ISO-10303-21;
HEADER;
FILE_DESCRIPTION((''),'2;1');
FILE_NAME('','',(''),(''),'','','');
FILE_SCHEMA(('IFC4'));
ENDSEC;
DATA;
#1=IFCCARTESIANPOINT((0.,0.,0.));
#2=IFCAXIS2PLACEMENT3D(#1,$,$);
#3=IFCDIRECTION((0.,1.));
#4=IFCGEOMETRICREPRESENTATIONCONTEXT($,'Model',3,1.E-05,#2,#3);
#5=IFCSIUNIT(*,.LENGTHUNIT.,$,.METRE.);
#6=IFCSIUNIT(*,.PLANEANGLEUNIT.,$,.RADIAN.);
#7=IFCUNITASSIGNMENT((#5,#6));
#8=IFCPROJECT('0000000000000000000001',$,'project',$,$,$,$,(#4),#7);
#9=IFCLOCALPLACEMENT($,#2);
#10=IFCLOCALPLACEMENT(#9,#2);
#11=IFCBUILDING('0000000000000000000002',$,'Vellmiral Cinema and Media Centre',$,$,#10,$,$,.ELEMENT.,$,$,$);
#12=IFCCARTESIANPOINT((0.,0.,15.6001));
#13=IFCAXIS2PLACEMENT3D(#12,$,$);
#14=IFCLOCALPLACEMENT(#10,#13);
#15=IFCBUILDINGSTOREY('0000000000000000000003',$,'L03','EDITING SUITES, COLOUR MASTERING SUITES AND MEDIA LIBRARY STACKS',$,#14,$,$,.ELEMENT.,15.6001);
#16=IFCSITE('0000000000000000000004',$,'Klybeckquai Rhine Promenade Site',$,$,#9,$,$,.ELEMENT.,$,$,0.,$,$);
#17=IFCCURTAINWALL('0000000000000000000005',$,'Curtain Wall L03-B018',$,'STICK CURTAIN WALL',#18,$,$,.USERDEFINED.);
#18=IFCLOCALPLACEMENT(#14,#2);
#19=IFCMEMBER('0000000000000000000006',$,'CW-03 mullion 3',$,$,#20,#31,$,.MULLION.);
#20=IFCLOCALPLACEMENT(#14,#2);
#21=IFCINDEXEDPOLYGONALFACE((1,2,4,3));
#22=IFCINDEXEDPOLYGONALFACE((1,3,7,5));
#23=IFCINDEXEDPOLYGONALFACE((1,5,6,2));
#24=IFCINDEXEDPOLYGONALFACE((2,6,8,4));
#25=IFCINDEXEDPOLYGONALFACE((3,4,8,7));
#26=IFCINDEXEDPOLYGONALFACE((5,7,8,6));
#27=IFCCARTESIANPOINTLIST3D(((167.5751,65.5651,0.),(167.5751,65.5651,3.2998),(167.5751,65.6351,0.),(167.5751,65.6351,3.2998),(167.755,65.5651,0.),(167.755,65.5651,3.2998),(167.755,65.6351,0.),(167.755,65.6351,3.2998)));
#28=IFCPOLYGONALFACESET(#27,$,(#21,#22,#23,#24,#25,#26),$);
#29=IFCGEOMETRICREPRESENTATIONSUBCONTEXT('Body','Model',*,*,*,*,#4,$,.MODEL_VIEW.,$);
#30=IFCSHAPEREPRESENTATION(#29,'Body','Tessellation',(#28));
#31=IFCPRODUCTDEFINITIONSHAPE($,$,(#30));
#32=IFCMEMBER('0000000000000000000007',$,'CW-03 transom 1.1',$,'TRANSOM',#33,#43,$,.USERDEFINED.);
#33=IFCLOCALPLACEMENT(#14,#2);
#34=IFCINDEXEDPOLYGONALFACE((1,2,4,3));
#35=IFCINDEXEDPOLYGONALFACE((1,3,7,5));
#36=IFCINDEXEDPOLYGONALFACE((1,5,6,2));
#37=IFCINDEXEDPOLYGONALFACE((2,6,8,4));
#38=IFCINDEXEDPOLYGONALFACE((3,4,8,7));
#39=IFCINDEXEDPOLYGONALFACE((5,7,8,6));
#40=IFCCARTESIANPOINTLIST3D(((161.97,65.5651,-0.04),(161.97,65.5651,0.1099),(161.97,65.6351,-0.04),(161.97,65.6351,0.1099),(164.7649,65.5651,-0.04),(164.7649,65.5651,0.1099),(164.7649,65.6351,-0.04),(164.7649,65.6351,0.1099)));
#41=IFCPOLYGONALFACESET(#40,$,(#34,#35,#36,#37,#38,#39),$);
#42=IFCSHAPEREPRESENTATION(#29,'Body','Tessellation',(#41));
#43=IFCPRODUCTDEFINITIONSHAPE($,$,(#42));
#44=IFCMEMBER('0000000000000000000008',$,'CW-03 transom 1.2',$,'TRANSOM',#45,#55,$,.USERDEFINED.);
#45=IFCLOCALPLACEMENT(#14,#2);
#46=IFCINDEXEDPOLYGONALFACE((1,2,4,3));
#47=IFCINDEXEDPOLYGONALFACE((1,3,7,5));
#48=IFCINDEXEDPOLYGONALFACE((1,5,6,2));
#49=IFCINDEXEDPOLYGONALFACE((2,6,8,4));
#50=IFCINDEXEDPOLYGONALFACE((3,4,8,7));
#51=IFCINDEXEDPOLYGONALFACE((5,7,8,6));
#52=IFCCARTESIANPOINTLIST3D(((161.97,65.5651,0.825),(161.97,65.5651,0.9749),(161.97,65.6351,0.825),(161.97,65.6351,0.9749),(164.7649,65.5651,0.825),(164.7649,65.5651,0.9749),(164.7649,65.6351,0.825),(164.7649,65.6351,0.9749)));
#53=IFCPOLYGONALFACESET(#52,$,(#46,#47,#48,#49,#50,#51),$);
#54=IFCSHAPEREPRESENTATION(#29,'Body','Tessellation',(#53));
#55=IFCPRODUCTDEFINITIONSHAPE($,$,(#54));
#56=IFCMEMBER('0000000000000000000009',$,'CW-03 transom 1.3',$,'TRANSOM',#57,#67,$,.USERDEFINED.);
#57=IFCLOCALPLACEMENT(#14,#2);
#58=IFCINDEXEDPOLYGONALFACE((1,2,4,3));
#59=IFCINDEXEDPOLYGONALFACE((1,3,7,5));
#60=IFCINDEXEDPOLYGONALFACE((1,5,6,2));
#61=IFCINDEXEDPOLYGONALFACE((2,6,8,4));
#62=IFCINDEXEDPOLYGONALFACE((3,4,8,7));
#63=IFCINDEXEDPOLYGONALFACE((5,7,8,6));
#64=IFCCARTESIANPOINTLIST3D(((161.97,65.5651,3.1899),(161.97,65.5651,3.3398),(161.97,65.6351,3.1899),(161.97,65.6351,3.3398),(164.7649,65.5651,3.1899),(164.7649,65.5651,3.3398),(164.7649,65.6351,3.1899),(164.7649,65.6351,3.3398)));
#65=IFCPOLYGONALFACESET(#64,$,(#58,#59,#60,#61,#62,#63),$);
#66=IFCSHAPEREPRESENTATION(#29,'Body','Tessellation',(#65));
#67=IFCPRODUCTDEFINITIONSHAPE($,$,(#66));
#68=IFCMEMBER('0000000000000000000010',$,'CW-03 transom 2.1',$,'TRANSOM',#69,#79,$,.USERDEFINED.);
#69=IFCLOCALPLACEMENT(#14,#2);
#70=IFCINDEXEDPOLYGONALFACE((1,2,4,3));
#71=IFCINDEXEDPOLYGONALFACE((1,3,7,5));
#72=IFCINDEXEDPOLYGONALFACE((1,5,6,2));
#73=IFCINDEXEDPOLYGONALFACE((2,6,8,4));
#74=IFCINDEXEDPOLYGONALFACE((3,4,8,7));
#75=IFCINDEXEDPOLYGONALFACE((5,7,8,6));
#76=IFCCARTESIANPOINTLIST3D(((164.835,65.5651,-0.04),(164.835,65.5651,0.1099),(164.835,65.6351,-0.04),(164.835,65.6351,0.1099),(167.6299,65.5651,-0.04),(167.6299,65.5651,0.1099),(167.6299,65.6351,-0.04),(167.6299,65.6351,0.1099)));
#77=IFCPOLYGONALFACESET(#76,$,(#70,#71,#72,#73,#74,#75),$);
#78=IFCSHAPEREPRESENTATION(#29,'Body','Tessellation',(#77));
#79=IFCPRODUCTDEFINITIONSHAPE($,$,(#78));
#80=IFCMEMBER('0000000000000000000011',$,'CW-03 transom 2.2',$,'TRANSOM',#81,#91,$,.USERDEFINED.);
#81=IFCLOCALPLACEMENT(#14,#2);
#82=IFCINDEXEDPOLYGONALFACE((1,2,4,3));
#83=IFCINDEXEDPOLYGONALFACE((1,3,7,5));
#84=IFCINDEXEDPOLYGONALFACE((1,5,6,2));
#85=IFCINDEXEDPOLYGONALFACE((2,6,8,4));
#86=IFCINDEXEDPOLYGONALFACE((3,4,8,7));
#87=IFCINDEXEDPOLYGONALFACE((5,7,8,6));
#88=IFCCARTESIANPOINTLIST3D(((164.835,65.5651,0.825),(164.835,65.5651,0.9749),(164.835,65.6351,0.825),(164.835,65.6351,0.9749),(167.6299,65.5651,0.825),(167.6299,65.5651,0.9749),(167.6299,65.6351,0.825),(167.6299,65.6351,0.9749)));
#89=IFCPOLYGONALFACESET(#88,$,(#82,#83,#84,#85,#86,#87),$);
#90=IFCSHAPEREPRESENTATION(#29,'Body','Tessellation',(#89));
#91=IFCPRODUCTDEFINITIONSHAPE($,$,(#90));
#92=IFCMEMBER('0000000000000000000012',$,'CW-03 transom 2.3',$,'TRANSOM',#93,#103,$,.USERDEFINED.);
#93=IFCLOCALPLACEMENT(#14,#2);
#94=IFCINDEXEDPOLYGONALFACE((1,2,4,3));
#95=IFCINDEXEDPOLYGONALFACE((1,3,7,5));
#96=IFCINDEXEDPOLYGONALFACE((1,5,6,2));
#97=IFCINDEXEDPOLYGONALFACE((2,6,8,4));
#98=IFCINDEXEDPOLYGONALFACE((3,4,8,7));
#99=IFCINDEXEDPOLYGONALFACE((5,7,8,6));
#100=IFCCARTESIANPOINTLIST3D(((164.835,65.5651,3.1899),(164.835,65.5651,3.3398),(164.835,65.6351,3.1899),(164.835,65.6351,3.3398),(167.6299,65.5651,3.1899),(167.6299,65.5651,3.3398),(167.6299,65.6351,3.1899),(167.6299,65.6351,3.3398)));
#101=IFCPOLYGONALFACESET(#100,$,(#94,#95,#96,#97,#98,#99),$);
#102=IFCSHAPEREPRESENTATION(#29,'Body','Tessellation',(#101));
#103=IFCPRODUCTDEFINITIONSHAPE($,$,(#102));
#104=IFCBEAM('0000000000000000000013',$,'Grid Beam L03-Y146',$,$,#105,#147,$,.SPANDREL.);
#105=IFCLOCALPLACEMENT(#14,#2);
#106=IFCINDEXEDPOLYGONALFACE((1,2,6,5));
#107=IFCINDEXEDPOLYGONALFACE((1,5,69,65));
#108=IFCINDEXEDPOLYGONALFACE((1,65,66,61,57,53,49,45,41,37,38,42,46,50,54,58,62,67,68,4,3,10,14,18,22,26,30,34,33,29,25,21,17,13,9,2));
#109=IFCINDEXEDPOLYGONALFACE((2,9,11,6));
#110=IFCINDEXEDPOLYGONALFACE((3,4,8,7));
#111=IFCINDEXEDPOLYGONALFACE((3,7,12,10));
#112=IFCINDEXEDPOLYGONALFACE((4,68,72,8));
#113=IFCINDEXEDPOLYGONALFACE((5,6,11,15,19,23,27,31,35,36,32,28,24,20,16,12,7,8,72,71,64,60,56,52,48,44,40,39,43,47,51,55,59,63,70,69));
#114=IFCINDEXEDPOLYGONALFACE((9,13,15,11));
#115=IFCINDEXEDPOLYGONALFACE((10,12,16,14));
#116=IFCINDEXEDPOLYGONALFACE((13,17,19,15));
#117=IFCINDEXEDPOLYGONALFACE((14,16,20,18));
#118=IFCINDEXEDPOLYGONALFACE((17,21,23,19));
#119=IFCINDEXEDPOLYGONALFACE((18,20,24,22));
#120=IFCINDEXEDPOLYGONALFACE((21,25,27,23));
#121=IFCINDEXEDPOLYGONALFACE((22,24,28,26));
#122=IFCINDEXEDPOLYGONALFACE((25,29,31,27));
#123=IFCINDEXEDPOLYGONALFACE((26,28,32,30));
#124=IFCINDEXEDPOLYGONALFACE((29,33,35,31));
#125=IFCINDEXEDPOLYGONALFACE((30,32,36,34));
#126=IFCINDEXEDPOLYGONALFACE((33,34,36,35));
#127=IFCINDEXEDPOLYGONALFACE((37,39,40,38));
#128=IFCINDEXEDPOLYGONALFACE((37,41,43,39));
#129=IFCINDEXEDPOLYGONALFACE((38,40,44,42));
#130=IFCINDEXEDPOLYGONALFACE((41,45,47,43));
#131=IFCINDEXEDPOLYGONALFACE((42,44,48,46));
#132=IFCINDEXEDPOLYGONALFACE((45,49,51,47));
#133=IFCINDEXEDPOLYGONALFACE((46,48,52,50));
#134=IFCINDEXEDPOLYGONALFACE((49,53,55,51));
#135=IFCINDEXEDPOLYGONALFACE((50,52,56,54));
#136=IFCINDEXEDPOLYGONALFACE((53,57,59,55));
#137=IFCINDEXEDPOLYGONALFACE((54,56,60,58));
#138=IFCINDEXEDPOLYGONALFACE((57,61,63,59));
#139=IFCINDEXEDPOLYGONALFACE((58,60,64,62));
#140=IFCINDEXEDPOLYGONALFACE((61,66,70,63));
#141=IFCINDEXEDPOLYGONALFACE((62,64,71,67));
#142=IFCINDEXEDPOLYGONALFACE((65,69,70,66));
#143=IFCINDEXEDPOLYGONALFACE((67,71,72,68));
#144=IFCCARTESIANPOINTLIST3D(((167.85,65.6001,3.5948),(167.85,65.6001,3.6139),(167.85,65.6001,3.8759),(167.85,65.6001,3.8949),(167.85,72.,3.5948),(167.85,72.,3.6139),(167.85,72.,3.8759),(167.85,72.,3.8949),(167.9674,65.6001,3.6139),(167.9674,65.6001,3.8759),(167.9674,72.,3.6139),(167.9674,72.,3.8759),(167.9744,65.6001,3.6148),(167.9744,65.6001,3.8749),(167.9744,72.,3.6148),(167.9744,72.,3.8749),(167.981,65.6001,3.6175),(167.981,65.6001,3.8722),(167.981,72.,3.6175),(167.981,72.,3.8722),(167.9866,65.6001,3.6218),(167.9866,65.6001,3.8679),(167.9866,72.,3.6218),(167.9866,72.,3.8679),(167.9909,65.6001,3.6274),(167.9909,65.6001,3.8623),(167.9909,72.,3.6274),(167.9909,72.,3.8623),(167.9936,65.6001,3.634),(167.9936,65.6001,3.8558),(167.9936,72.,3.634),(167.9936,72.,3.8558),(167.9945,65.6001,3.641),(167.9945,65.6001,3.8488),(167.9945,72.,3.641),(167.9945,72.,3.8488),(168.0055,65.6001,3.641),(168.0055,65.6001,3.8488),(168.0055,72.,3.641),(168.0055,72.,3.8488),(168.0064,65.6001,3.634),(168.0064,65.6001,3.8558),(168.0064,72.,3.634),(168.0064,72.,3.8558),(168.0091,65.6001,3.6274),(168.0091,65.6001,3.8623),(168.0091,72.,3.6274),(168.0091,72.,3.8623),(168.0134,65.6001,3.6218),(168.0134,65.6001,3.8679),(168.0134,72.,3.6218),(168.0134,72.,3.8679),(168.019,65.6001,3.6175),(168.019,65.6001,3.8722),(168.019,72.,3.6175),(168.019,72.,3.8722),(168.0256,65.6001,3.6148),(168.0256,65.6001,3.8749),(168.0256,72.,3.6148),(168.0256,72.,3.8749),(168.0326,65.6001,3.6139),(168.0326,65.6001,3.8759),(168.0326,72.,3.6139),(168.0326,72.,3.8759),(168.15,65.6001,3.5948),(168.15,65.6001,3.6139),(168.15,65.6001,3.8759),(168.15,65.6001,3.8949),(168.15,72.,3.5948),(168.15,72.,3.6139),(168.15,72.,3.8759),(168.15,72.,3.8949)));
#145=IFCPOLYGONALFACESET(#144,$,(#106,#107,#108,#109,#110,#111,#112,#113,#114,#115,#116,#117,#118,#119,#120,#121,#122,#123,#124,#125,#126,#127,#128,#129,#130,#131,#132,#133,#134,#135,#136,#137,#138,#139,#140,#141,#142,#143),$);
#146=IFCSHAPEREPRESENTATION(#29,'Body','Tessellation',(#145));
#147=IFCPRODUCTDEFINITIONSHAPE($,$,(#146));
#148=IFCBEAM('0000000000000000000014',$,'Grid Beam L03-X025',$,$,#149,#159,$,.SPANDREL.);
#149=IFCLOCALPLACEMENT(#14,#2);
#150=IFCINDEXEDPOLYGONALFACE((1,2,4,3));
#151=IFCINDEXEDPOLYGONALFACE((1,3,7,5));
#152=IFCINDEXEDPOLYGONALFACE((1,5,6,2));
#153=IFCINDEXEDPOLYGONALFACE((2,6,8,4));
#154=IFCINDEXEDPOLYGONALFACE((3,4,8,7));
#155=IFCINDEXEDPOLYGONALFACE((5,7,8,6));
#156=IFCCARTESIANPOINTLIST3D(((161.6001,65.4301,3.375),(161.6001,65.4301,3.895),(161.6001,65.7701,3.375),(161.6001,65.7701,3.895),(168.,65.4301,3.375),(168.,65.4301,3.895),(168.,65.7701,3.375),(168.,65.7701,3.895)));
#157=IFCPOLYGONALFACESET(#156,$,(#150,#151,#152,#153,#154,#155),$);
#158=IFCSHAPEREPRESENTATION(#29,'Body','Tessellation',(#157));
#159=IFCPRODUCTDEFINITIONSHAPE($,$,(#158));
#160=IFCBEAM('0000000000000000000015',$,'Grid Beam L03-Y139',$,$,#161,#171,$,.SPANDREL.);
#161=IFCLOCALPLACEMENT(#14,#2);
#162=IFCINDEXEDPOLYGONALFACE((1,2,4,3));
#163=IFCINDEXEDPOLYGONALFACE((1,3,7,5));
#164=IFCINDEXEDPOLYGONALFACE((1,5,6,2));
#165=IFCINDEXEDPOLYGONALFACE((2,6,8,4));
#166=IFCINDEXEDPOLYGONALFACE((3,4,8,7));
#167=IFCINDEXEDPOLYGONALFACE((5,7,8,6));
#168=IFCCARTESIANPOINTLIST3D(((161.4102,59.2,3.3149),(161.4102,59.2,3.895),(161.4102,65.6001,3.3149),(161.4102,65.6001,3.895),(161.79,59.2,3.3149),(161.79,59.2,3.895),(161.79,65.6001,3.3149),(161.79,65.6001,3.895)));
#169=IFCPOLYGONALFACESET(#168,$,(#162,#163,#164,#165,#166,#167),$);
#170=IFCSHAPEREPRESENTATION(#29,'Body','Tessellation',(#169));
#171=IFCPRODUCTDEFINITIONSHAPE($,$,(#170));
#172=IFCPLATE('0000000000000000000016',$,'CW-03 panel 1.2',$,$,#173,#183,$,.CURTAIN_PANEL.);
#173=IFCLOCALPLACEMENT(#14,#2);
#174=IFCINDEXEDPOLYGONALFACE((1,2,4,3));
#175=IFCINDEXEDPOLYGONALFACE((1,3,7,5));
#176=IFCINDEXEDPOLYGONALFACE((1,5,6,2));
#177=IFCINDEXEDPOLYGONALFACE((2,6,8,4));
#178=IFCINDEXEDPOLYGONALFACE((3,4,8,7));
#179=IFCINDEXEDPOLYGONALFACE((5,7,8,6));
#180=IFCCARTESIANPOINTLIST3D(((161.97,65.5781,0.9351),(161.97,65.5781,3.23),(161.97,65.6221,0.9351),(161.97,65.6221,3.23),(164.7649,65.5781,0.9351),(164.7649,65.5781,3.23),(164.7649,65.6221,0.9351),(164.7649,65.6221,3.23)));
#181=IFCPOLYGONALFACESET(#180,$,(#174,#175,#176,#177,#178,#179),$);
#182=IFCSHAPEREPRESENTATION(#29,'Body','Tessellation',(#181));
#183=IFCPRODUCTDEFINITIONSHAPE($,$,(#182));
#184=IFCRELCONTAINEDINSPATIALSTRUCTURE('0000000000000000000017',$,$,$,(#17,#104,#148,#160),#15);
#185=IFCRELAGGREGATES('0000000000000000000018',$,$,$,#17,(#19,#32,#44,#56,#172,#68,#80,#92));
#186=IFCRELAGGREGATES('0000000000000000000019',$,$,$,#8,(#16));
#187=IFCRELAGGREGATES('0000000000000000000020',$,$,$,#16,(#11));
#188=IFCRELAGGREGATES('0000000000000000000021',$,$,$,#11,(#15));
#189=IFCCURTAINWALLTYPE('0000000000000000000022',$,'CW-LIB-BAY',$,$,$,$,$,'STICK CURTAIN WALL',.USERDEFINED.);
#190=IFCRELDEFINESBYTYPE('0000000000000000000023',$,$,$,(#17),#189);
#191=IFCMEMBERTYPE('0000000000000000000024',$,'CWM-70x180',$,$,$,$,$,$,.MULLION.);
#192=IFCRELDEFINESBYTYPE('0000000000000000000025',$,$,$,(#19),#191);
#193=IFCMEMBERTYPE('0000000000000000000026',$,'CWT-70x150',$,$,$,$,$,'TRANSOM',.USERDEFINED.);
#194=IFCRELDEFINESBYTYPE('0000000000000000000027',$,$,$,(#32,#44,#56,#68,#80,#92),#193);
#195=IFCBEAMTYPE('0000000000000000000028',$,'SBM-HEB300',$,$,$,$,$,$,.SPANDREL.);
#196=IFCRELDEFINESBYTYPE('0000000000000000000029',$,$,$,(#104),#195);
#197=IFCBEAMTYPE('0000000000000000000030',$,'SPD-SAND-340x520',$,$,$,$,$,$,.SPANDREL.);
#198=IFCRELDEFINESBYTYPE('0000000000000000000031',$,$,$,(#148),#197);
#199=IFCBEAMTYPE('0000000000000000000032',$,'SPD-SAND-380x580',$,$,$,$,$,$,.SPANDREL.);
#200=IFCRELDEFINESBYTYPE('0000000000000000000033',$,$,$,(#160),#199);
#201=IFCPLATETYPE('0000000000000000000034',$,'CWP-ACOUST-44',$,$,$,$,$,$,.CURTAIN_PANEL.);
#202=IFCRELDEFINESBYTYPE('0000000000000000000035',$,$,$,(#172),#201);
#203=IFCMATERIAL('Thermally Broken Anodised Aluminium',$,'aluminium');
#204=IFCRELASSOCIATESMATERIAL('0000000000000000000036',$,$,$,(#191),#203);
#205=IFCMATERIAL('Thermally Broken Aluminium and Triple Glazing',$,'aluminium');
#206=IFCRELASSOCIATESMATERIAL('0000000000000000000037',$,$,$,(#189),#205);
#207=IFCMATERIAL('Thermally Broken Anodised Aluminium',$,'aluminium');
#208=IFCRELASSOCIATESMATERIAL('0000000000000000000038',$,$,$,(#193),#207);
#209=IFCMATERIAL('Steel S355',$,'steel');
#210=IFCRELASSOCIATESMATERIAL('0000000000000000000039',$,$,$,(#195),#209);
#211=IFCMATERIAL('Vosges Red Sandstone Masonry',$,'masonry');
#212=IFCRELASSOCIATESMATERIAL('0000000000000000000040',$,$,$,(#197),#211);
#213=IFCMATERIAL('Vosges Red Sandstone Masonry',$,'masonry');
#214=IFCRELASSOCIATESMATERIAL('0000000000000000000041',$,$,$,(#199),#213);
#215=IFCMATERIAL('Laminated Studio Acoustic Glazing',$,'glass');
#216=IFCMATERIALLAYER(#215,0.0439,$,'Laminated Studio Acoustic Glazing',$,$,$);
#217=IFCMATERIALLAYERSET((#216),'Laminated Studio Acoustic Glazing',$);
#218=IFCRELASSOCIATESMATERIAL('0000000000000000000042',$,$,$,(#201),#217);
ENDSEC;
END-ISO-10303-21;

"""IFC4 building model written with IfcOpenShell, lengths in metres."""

from ifc_helpers import new_model, si_unit, direction, frame, origin, origin_2d, place, context, subcontext, project, spatial, rectangle, i_section, extrude, material, layer, layer_set, material_profile, profile_set, type_object, element, aggregate, save


model = new_model("IFC4")

# Units and contexts
model_context = context("Model", 3, precision=1e-05, world=origin(), true_north=direction((0.0, 1.0)))
body_context = subcontext(model_context, "Body", "Model", "MODEL_VIEW")
ifc_project = project(units=[si_unit("LENGTHUNIT", "METRE"), si_unit("PLANEANGLEUNIT", "RADIAN")], contexts=[model_context])

# Site, building, storey
site_placement = place(None, origin())
site = spatial("IfcSite", under=ifc_project, at=site_placement, Name="Klybeckquai Rhine Promenade Site", CompositionType="ELEMENT", RefElevation=0.0)
building_placement = place(site_placement, origin())
building = spatial("IfcBuilding", under=site, at=building_placement, Name="Vellmiral Cinema and Media Centre", CompositionType="ELEMENT")
storey_placement = place(building_placement, frame((0.0, 0.0, 15.6001)))
storey = spatial("IfcBuildingStorey", under=building, at=storey_placement, Name="L03", Description="EDITING SUITES, COLOUR MASTERING SUITES AND MEDIA LIBRARY STACKS", CompositionType="ELEMENT", Elevation=15.6001)

# Shared definitions
ifc_material_1 = material(Name="Thermally Broken Anodised Aluminium", Category="aluminium")
ifc_material_profile_1 = material_profile(ifc_material_1, rectangle(XDim=0.0701, YDim=0.1799, at=origin_2d()), Name="MULL 70x180")
ifc_profile_set_1 = profile_set([ifc_material_profile_1], Name="Thermally Broken Anodised Aluminium")
member_type_1 = type_object("IfcMemberType", Name="CWM-70x180", PredefinedType="MULLION", material=ifc_profile_set_1)

# Curtain wall, members
ifc_material_2 = material(Name="Thermally Broken Aluminium and Triple Glazing", Category="aluminium")
curtain_wall_type_1 = type_object("IfcCurtainWallType", Name="CW-LIB-BAY", ElementType="STICK CURTAIN WALL", PredefinedType="USERDEFINED", material=ifc_material_2)
curtain_wall_1_placement = place(storey_placement, origin())
curtain_wall_1 = element("IfcCurtainWall", 1, at=curtain_wall_1_placement, inside=storey, type_object=curtain_wall_type_1, Name="Curtain Wall L03-B018", ObjectType="STICK CURTAIN WALL", PredefinedType="USERDEFINED")
member_1_placement = place(storey_placement, frame((167.665, 65.6001, 0.0), z_axis=(0.0, 0.0, 1.0), x_axis=(0.0, 1.0, 0.0)))
member_1 = element("IfcMember", 2, at=member_1_placement, type_object=member_type_1, Name="CW-03 mullion 3", PredefinedType="MULLION", context=body_context, shape_type="SweptSolid", body=[
    extrude(rectangle(XDim=0.0701, YDim=0.1799, at=origin_2d()), origin(), (0.0, 0.0, 1.0), 3.2998),
])
ifc_material_3 = material(Name="Thermally Broken Anodised Aluminium", Category="aluminium")
ifc_material_profile_2 = material_profile(ifc_material_3, rectangle(XDim=0.0701, YDim=0.1499, at=origin_2d()), Name="MULL 70x150")
ifc_profile_set_2 = profile_set([ifc_material_profile_2], Name="Thermally Broken Anodised Aluminium")
member_type_2 = type_object("IfcMemberType", Name="CWT-70x150", ElementType="TRANSOM", PredefinedType="USERDEFINED", material=ifc_profile_set_2)
member_2_placement = place(storey_placement, frame((161.97, 65.6001, 0.0349), z_axis=(1.0, 0.0, 0.0), x_axis=(0.0, 1.0, 0.0)))
member_2 = element("IfcMember", 3, at=member_2_placement, type_object=member_type_2, Name="CW-03 transom 1.1", ObjectType="TRANSOM", PredefinedType="USERDEFINED", context=body_context, shape_type="SweptSolid", body=[
    extrude(rectangle(XDim=0.0701, YDim=0.1499, at=origin_2d()), origin(), (0.0, 0.0, 1.0), 2.7949),
])
member_3_placement = place(storey_placement, frame((161.97, 65.6001, 0.8999), z_axis=(1.0, 0.0, 0.0), x_axis=(0.0, 1.0, 0.0)))
member_3 = element("IfcMember", 4, at=member_3_placement, type_object=member_type_2, Name="CW-03 transom 1.2", ObjectType="TRANSOM", PredefinedType="USERDEFINED", context=body_context, shape_type="SweptSolid", body=[
    extrude(rectangle(XDim=0.0701, YDim=0.1499, at=origin_2d()), origin(), (0.0, 0.0, 1.0), 2.7949),
])
member_4_placement = place(storey_placement, frame((161.97, 65.6001, 3.2649), z_axis=(1.0, 0.0, 0.0), x_axis=(0.0, 1.0, 0.0)))
member_4 = element("IfcMember", 5, at=member_4_placement, type_object=member_type_2, Name="CW-03 transom 1.3", ObjectType="TRANSOM", PredefinedType="USERDEFINED", context=body_context, shape_type="SweptSolid", body=[
    extrude(rectangle(XDim=0.0701, YDim=0.1499, at=origin_2d()), origin(), (0.0, 0.0, 1.0), 2.7949),
])
member_5_placement = place(storey_placement, frame((164.835, 65.6001, 0.0349), z_axis=(1.0, 0.0, 0.0), x_axis=(0.0, 1.0, 0.0)))
member_5 = element("IfcMember", 6, at=member_5_placement, type_object=member_type_2, Name="CW-03 transom 2.1", ObjectType="TRANSOM", PredefinedType="USERDEFINED", context=body_context, shape_type="SweptSolid", body=[
    extrude(rectangle(XDim=0.0701, YDim=0.1499, at=origin_2d()), origin(), (0.0, 0.0, 1.0), 2.7949),
])
member_6_placement = place(storey_placement, frame((164.835, 65.6001, 0.8999), z_axis=(1.0, 0.0, 0.0), x_axis=(0.0, 1.0, 0.0)))
member_6 = element("IfcMember", 7, at=member_6_placement, type_object=member_type_2, Name="CW-03 transom 2.2", ObjectType="TRANSOM", PredefinedType="USERDEFINED", context=body_context, shape_type="SweptSolid", body=[
    extrude(rectangle(XDim=0.0701, YDim=0.1499, at=origin_2d()), origin(), (0.0, 0.0, 1.0), 2.7949),
])
member_7_placement = place(storey_placement, frame((164.835, 65.6001, 3.2649), z_axis=(1.0, 0.0, 0.0), x_axis=(0.0, 1.0, 0.0)))
member_7 = element("IfcMember", 8, at=member_7_placement, type_object=member_type_2, Name="CW-03 transom 2.3", ObjectType="TRANSOM", PredefinedType="USERDEFINED", context=body_context, shape_type="SweptSolid", body=[
    extrude(rectangle(XDim=0.0701, YDim=0.1499, at=origin_2d()), origin(), (0.0, 0.0, 1.0), 2.7949),
])

# Beams
ifc_material_4 = material(Name="Steel S355", Category="steel")
ifc_material_profile_3 = material_profile(ifc_material_4, i_section(OverallWidth=0.3, OverallDepth=0.3, WebThickness=0.011, FlangeThickness=0.019, FilletRadius=0.0271, at=origin_2d()), Name="HEB 300")
ifc_profile_set_3 = profile_set([ifc_material_profile_3], Name="Steel S355")
beam_type_1 = type_object("IfcBeamType", Name="SBM-HEB300", PredefinedType="SPANDREL", material=ifc_profile_set_3)
beam_1_placement = place(storey_placement, frame((168.0, 65.6001, 3.7449), z_axis=(0.0, 1.0, 0.0), x_axis=(-1.0, 0.0, 0.0)))
element("IfcBeam", 9, at=beam_1_placement, inside=storey, type_object=beam_type_1, Name="Grid Beam L03-Y146", PredefinedType="SPANDREL", context=body_context, shape_type="SweptSolid", body=[
    extrude(i_section(OverallWidth=0.3, OverallDepth=0.3, WebThickness=0.011, FlangeThickness=0.019, FilletRadius=0.0271, at=origin_2d()), origin(), (0.0, 0.0, 1.0), 6.3999),
])
ifc_material_5 = material(Name="Vosges Red Sandstone Masonry", Category="masonry")
ifc_material_profile_4 = material_profile(ifc_material_5, rectangle(XDim=0.3401, YDim=0.52, at=origin_2d()), Name="SAND 340x520")
ifc_profile_set_4 = profile_set([ifc_material_profile_4], Name="Vosges Red Sandstone Masonry")
beam_type_2 = type_object("IfcBeamType", Name="SPD-SAND-340x520", PredefinedType="SPANDREL", material=ifc_profile_set_4)
beam_2_placement = place(storey_placement, frame((161.6001, 65.6001, 3.635), z_axis=(1.0, 0.0, 0.0), x_axis=(0.0, 1.0, 0.0)))
element("IfcBeam", 10, at=beam_2_placement, inside=storey, type_object=beam_type_2, Name="Grid Beam L03-X025", PredefinedType="SPANDREL", context=body_context, shape_type="SweptSolid", body=[
    extrude(rectangle(XDim=0.3401, YDim=0.52, at=origin_2d()), origin(), (0.0, 0.0, 1.0), 6.3999),
])
ifc_material_6 = material(Name="Vosges Red Sandstone Masonry", Category="masonry")
ifc_material_profile_5 = material_profile(ifc_material_6, rectangle(XDim=0.3799, YDim=0.5801, at=origin_2d()), Name="SAND 380x580")
ifc_profile_set_5 = profile_set([ifc_material_profile_5], Name="Vosges Red Sandstone Masonry")
beam_type_3 = type_object("IfcBeamType", Name="SPD-SAND-380x580", PredefinedType="SPANDREL", material=ifc_profile_set_5)
beam_3_placement = place(storey_placement, frame((161.6001, 59.2, 3.605), z_axis=(0.0, 1.0, 0.0), x_axis=(-1.0, 0.0, 0.0)))
element("IfcBeam", 11, at=beam_3_placement, inside=storey, type_object=beam_type_3, Name="Grid Beam L03-Y139", PredefinedType="SPANDREL", context=body_context, shape_type="SweptSolid", body=[
    extrude(rectangle(XDim=0.3799, YDim=0.5801, at=origin_2d()), origin(), (0.0, 0.0, 1.0), 6.4001),
])

# Plate
ifc_material_7 = material(Name="Laminated Studio Acoustic Glazing", Category="glass")
ifc_layer_1 = layer(ifc_material_7, 0.0439, Name="Laminated Studio Acoustic Glazing")
ifc_layer_set_1 = layer_set([ifc_layer_1], Name="Laminated Studio Acoustic Glazing")
plate_type_1 = type_object("IfcPlateType", Name="CWP-ACOUST-44", PredefinedType="CURTAIN_PANEL", material=ifc_layer_set_1)
plate_1_placement = place(storey_placement, frame((163.3674, 65.6001, 0.9351), z_axis=(0.0, 0.0, 1.0), x_axis=(1.0, 0.0, 0.0)))
plate_1 = element("IfcPlate", 12, at=plate_1_placement, type_object=plate_type_1, Name="CW-03 panel 1.2", PredefinedType="CURTAIN_PANEL", context=body_context, shape_type="SweptSolid", body=[
    extrude(rectangle(XDim=2.7949, YDim=0.0439, at=origin_2d()), origin(), (0.0, 0.0, 1.0), 2.2949),
])
aggregate(curtain_wall_1, [member_1, member_2, member_3, member_4, plate_1, member_5, member_6, member_7])

save(model, "model.ifc")
